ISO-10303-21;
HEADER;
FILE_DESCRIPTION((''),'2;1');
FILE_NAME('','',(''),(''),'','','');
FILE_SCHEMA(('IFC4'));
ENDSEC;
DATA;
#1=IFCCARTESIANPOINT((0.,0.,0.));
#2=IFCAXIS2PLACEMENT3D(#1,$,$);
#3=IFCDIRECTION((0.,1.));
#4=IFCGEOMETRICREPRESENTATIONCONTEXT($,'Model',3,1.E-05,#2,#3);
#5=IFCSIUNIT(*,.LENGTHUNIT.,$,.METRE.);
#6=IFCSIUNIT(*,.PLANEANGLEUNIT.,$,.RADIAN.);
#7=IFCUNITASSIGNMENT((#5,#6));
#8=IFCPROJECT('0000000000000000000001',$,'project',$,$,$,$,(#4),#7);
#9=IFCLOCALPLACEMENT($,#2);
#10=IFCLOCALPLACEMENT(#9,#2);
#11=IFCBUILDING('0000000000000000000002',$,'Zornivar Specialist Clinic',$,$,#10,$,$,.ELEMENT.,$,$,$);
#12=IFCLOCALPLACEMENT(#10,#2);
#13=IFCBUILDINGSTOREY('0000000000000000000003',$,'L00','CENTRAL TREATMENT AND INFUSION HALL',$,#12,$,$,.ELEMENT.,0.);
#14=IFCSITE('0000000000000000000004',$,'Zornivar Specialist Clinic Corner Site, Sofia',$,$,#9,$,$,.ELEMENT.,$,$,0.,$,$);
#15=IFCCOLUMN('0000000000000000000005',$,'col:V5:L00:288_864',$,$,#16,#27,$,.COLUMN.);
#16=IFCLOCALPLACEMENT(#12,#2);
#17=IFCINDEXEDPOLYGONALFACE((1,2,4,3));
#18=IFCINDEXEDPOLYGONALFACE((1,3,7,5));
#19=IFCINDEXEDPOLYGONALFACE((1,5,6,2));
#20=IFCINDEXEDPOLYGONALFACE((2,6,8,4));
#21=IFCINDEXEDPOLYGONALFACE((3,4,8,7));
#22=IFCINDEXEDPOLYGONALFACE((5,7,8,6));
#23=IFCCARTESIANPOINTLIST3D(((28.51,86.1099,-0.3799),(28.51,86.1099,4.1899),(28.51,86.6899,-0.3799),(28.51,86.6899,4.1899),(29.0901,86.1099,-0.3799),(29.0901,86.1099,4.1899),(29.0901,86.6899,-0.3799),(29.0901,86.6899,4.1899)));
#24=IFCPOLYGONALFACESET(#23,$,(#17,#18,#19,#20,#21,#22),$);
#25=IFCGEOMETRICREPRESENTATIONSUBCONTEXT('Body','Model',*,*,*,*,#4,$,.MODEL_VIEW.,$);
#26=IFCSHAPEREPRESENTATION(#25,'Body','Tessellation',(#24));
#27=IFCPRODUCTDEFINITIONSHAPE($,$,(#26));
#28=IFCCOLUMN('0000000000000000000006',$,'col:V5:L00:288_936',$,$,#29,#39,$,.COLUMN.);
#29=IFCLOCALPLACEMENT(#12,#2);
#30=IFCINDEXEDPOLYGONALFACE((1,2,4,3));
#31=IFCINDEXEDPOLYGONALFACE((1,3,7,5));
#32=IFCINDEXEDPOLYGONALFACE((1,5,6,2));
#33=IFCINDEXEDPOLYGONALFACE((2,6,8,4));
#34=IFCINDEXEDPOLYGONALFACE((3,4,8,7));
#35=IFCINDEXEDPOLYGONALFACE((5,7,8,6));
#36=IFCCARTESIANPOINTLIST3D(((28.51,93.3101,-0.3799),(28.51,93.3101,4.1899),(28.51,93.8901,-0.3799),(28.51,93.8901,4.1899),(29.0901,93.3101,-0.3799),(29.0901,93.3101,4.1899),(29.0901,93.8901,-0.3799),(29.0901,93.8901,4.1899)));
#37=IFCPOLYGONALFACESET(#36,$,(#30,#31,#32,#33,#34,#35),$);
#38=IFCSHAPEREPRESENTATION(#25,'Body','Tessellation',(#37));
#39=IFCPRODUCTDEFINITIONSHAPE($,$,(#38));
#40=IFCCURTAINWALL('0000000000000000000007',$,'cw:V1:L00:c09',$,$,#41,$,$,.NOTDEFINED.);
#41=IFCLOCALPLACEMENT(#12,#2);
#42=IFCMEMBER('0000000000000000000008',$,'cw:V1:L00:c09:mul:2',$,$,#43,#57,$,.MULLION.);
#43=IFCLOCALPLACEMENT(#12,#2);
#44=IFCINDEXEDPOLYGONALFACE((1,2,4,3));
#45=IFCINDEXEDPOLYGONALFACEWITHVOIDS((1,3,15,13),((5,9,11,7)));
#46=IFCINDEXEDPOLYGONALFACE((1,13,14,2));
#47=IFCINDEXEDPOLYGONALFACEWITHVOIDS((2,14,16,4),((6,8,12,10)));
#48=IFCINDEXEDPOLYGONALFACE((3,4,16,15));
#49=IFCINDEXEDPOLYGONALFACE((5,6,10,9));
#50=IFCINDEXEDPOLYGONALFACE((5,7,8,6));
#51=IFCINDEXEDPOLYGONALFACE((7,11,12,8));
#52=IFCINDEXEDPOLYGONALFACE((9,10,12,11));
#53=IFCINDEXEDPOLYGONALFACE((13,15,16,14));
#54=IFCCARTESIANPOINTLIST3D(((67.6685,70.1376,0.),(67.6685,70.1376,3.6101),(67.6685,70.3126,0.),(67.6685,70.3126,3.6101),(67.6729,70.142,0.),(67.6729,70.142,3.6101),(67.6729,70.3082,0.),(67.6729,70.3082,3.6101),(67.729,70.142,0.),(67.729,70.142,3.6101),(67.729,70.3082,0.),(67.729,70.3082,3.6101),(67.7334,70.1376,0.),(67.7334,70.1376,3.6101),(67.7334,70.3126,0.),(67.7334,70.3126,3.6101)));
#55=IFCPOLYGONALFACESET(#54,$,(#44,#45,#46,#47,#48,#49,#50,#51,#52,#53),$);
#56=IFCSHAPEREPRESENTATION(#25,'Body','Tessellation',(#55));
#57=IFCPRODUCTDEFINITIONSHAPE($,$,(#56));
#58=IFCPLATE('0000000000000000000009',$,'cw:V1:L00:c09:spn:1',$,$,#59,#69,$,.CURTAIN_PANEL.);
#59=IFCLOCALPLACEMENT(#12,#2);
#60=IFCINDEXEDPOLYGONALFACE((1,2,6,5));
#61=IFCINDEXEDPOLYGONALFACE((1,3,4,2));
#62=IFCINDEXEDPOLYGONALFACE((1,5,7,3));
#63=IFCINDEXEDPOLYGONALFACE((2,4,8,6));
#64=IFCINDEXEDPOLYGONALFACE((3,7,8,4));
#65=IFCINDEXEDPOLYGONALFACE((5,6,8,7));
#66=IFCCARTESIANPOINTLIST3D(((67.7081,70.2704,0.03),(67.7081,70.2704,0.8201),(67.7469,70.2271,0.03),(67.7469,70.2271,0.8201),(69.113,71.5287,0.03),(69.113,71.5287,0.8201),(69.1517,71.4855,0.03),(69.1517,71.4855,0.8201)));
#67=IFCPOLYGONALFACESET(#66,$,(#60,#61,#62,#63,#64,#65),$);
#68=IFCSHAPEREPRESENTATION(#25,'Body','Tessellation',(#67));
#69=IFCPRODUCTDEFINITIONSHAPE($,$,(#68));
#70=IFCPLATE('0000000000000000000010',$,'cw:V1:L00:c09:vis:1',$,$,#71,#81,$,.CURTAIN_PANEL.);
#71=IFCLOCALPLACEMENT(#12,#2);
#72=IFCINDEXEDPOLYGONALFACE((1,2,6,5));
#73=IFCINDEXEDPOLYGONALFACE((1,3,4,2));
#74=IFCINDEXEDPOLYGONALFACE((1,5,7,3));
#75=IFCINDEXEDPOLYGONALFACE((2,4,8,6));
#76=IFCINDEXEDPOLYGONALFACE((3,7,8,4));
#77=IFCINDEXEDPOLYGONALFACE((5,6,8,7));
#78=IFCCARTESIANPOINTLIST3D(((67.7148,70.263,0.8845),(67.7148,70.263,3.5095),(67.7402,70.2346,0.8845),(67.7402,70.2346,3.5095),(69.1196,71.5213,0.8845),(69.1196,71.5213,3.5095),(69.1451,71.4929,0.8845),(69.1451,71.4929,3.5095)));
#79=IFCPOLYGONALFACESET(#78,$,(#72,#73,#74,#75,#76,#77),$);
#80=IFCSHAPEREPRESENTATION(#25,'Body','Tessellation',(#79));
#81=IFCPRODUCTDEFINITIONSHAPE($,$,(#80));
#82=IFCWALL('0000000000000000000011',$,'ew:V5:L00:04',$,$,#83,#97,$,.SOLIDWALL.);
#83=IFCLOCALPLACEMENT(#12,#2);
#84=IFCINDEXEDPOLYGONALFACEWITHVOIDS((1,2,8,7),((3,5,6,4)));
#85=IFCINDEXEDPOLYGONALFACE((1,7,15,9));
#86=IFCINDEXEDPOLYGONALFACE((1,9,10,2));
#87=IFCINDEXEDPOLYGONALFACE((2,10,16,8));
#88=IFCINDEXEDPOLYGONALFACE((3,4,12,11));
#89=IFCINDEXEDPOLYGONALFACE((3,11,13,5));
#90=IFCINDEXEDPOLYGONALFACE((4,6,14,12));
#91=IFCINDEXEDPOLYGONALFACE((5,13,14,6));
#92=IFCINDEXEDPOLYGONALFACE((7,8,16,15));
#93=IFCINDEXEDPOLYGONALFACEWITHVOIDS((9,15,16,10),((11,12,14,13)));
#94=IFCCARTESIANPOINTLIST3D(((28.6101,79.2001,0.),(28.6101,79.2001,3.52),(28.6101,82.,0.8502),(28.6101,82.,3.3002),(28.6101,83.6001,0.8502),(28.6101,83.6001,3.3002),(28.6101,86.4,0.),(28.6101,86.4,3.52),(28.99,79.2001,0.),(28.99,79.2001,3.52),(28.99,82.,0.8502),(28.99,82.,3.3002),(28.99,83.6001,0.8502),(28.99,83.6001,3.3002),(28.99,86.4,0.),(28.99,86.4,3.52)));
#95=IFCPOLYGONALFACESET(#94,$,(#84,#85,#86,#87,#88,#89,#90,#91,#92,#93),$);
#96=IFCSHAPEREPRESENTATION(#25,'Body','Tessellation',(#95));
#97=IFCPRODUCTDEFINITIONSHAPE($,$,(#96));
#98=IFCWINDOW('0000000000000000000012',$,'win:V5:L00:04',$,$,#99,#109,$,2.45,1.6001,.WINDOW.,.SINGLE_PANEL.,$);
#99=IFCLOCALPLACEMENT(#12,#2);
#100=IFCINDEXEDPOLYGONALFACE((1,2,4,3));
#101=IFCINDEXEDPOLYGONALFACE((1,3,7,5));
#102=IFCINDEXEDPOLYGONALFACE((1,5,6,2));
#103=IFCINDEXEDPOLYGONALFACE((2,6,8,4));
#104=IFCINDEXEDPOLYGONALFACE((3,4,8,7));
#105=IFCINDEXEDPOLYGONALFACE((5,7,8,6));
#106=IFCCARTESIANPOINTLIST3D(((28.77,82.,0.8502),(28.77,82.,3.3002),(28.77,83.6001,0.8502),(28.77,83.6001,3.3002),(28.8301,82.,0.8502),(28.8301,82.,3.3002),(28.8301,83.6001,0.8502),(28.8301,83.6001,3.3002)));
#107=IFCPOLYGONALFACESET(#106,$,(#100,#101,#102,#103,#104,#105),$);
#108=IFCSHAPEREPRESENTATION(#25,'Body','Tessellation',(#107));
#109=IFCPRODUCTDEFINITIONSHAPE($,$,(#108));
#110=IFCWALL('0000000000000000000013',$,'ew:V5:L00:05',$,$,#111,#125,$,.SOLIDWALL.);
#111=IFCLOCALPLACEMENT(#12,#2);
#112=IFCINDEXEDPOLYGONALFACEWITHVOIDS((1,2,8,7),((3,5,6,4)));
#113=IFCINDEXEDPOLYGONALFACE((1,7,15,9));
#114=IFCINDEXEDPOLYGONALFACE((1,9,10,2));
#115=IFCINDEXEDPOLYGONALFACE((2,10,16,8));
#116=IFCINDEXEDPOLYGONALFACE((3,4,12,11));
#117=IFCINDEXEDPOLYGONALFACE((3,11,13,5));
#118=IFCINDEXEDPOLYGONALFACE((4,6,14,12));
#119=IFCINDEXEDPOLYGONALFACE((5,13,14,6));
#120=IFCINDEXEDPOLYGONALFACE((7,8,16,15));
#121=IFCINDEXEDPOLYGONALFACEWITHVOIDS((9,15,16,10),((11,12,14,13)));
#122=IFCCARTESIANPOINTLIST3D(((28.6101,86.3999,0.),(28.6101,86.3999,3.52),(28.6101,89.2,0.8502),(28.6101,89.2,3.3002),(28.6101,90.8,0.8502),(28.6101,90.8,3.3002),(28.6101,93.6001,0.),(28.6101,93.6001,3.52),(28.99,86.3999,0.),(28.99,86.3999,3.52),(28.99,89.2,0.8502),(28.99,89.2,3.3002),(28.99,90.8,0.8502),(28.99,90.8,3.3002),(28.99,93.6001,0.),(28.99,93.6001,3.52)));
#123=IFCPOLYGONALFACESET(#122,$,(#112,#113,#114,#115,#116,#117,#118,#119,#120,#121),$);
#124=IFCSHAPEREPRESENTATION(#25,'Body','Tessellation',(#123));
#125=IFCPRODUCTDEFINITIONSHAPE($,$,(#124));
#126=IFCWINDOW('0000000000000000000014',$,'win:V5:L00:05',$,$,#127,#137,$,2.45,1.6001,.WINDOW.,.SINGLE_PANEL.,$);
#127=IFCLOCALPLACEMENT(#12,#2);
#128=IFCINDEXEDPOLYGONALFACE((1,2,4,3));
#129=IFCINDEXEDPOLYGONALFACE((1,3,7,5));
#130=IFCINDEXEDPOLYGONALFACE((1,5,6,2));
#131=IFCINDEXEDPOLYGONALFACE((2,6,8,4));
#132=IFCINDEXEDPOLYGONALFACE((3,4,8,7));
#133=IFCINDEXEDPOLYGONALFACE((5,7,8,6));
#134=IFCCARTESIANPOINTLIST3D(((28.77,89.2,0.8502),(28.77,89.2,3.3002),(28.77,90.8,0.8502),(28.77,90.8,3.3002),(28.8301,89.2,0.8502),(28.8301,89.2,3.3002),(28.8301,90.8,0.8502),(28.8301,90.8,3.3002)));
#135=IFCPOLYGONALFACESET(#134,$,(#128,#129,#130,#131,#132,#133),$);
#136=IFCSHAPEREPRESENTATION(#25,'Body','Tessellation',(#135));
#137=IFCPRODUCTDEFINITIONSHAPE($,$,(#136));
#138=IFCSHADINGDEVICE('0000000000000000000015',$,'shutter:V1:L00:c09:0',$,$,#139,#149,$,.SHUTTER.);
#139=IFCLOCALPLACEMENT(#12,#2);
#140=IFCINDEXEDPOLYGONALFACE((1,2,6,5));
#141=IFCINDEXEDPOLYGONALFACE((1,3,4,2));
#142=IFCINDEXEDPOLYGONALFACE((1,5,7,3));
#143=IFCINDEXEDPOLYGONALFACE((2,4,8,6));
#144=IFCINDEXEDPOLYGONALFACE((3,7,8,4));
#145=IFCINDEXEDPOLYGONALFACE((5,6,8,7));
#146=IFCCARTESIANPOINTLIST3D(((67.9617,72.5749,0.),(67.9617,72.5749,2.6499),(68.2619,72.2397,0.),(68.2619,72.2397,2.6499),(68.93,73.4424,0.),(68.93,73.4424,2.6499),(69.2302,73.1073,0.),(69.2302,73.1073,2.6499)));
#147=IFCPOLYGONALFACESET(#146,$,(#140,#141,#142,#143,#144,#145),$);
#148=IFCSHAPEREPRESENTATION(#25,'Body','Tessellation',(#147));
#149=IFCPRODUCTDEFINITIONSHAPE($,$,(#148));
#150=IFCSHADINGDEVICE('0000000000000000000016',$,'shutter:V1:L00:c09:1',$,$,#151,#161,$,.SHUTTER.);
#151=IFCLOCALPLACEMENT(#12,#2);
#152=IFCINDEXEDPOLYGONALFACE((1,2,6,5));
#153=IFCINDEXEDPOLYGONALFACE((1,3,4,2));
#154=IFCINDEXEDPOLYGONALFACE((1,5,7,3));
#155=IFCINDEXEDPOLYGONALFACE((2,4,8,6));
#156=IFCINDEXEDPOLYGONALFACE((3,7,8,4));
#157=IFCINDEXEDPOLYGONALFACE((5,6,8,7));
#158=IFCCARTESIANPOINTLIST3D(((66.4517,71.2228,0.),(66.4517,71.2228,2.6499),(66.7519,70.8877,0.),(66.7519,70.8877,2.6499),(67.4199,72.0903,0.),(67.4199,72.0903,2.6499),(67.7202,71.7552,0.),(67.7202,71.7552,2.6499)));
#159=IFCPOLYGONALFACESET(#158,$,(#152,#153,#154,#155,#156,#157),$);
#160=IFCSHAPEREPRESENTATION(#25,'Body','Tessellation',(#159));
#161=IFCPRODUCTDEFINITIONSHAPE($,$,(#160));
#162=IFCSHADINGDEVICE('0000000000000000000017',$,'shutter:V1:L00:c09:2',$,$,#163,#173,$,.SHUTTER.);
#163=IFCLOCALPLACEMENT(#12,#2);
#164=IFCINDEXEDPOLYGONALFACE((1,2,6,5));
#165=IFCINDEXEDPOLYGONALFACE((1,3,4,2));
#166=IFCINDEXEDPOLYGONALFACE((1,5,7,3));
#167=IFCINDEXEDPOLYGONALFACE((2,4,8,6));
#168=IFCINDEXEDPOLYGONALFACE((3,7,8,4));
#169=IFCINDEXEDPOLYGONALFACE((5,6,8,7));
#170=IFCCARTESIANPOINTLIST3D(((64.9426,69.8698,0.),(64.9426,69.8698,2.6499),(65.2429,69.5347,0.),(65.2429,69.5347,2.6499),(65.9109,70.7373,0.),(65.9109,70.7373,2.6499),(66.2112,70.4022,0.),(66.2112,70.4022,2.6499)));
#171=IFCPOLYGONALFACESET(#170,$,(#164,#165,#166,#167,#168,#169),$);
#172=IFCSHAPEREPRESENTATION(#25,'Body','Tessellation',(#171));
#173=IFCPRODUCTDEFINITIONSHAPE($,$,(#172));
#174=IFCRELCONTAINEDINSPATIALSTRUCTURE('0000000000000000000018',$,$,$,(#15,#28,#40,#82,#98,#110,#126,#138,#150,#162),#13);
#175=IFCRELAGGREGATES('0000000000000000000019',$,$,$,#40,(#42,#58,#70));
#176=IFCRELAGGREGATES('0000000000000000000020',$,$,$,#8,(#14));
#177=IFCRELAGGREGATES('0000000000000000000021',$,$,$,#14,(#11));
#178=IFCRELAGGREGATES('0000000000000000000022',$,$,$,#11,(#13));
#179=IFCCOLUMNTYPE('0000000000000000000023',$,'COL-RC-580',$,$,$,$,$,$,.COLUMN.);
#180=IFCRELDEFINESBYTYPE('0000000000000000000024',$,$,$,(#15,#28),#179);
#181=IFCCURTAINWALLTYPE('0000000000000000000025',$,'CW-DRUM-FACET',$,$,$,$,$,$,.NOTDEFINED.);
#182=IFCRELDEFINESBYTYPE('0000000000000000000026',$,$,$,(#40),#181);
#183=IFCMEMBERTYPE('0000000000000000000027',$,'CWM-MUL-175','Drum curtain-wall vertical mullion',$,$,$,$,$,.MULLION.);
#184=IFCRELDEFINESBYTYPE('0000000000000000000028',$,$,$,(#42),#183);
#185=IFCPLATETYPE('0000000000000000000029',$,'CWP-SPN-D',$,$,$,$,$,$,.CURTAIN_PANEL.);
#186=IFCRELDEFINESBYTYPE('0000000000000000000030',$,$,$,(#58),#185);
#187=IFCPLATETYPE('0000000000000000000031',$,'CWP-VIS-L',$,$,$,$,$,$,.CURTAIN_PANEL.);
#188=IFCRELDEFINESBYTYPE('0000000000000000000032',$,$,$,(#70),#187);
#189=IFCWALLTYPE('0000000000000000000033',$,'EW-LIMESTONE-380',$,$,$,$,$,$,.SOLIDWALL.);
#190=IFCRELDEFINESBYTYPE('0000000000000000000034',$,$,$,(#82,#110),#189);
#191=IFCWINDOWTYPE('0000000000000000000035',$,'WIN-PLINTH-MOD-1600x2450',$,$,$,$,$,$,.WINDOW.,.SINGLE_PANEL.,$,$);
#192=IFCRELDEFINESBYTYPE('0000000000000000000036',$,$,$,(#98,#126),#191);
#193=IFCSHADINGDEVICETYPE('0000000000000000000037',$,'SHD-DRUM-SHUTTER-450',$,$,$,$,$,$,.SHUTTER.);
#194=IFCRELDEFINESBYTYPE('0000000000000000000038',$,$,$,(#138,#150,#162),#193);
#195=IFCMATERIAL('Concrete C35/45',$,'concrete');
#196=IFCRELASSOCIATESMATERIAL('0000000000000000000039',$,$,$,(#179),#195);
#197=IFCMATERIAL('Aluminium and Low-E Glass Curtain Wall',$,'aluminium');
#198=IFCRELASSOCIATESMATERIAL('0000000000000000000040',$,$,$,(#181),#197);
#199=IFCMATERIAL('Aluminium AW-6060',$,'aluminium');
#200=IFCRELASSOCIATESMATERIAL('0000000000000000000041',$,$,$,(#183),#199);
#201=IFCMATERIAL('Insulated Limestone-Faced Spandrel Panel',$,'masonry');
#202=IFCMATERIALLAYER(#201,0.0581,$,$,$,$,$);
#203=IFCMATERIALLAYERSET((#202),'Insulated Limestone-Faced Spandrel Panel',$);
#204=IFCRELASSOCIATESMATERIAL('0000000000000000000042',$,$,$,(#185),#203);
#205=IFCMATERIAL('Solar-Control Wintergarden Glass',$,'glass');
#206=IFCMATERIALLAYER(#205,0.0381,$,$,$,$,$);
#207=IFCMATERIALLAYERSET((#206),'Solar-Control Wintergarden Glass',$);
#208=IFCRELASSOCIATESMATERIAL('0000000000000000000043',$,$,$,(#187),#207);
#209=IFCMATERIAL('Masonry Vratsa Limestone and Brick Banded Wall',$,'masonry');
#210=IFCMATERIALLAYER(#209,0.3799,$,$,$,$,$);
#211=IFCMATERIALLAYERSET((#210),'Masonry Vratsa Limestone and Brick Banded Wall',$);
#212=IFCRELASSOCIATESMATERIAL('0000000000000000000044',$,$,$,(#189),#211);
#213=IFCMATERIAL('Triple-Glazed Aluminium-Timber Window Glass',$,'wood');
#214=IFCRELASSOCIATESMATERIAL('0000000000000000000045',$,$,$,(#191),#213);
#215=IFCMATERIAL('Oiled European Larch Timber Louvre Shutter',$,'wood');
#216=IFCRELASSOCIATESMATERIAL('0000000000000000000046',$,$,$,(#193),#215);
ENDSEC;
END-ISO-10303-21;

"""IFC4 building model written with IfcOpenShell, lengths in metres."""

from ifc_helpers import new_model, si_unit, direction, frame, frame_2d, origin, origin_2d, place, context, subcontext, project, spatial, rectangle, hollow_rectangle, extrude, material, layer, layer_set, material_profile, profile_set, type_object, element, fill, aggregate, save


model = new_model("IFC4")

# Units and contexts
model_context = context("Model", 3, precision=1e-05, world=origin(), true_north=direction((0.0, 1.0)))
body_context = subcontext(model_context, "Body", "Model", "MODEL_VIEW")
ifc_project = project(units=[si_unit("LENGTHUNIT", "METRE"), si_unit("PLANEANGLEUNIT", "RADIAN")], contexts=[model_context])

# Site, building, storey
site_placement = place(None, origin())
site = spatial("IfcSite", under=ifc_project, at=site_placement, Name="Zornivar Specialist Clinic Corner Site, Sofia", CompositionType="ELEMENT", RefElevation=0.0)
building_placement = place(site_placement, origin())
building = spatial("IfcBuilding", under=site, at=building_placement, Name="Zornivar Specialist Clinic", CompositionType="ELEMENT")
storey_placement = place(building_placement, origin())
storey = spatial("IfcBuildingStorey", under=building, at=storey_placement, Name="L00", Description="CENTRAL TREATMENT AND INFUSION HALL", CompositionType="ELEMENT", Elevation=0.0)

# Columns
ifc_material_1 = material(Name="Concrete C35/45", Category="concrete")
ifc_material_profile_1 = material_profile(ifc_material_1, rectangle(XDim=0.5801, YDim=0.5801, at=origin_2d()), Name="RC 580x580")
ifc_profile_set_1 = profile_set([ifc_material_profile_1], Name="Concrete C35/45")
column_type = type_object("IfcColumnType", Name="COL-RC-580", PredefinedType="COLUMN", material=ifc_profile_set_1)
for number, where, z_axis, x_axis, name in (
    (1, (28.8, 86.3999, -0.3799), (0.0, 0.0, 1.0), (1.0, 0.0, 0.0), "col:V5:L00:288_864"),
    (2, (28.8, 93.6001, -0.3799), (0.0, 0.0, 1.0), (1.0, 0.0, 0.0), "col:V5:L00:288_936"),
):
    element("IfcColumn", number, at=place(storey_placement, frame(where, z_axis=z_axis, x_axis=x_axis)), inside=storey, type_object=column_type, Name=name, PredefinedType="COLUMN", context=body_context, shape_type="SweptSolid", body=[
        extrude(rectangle(XDim=0.5801, YDim=0.5801, at=origin_2d()), origin(), (0.0, 0.0, 1.0), 4.5698),
    ])

# Curtain wall, member, plates
ifc_material_2 = material(Name="Aluminium and Low-E Glass Curtain Wall", Category="aluminium")
curtain_wall_type = type_object("IfcCurtainWallType", Name="CW-DRUM-FACET", PredefinedType="NOTDEFINED", material=ifc_material_2)
curtain_wall_placement = place(storey_placement, origin())
curtain_wall = element("IfcCurtainWall", 3, at=curtain_wall_placement, inside=storey, type_object=curtain_wall_type, Name="cw:V1:L00:c09", PredefinedType="NOTDEFINED")
ifc_material_3 = material(Name="Aluminium AW-6060", Category="aluminium")
ifc_material_profile_2 = material_profile(ifc_material_3, hollow_rectangle(XDim=0.0649, YDim=0.175, WallThickness=0.0044, at=origin_2d()), Name="ALU 65x175x4.5")
ifc_profile_set_2 = profile_set([ifc_material_profile_2], Name="Aluminium AW-6060")
member_type = type_object("IfcMemberType", Name="CWM-MUL-175", Description="Drum curtain-wall vertical mullion", PredefinedType="MULLION", material=ifc_profile_set_2)
member_placement = place(storey_placement, frame((67.7009, 70.2251, 0.0), z_axis=(0.0, 0.0, 1.0), x_axis=(1.0, 0.0, 0.0)))
member = element("IfcMember", 4, at=member_placement, type_object=member_type, Name="cw:V1:L00:c09:mul:2", PredefinedType="MULLION", context=body_context, shape_type="SweptSolid", body=[
    extrude(hollow_rectangle(XDim=0.0649, YDim=0.175, WallThickness=0.0044, at=origin_2d()), origin(), (0.0, 0.0, 1.0), 3.6101),
])
ifc_material_4 = material(Name="Insulated Limestone-Faced Spandrel Panel", Category="masonry")
ifc_layer_1 = layer(ifc_material_4, 0.0581)
ifc_layer_set_1 = layer_set([ifc_layer_1], Name="Insulated Limestone-Faced Spandrel Panel")
plate_type_1 = type_object("IfcPlateType", Name="CWP-SPN-D", PredefinedType="CURTAIN_PANEL", material=ifc_layer_set_1)
plate_1_placement = place(storey_placement, frame((68.4299, 70.8779, 0.03), z_axis=(0.0, 0.0, 1.0), x_axis=(-0.744881, -0.667198, 0.0)))
plate_1 = element("IfcPlate", 5, at=plate_1_placement, type_object=plate_type_1, Name="cw:V1:L00:c09:spn:1", PredefinedType="CURTAIN_PANEL", context=body_context, shape_type="SweptSolid", body=[
    extrude(rectangle(XDim=1.886, YDim=0.0581, at=origin_2d()), origin(), (0.0, 0.0, 1.0), 0.79),
])
ifc_material_5 = material(Name="Solar-Control Wintergarden Glass", Category="glass")
ifc_layer_2 = layer(ifc_material_5, 0.0381)
ifc_layer_set_2 = layer_set([ifc_layer_2], Name="Solar-Control Wintergarden Glass")
plate_type_2 = type_object("IfcPlateType", Name="CWP-VIS-L", PredefinedType="CURTAIN_PANEL", material=ifc_layer_set_2)
plate_2_placement = place(storey_placement, frame((68.4299, 70.8779, 0.8845), z_axis=(0.0, 0.0, 1.0), x_axis=(-0.744881, -0.667198, 0.0)))
plate_2 = element("IfcPlate", 6, at=plate_2_placement, type_object=plate_type_2, Name="cw:V1:L00:c09:vis:1", PredefinedType="CURTAIN_PANEL", context=body_context, shape_type="SweptSolid", body=[
    extrude(rectangle(XDim=1.886, YDim=0.0381, at=origin_2d()), origin(), (0.0, 0.0, 1.0), 2.625),
])
aggregate(curtain_wall, [member, plate_1, plate_2])

# Walls, openings, windows
ifc_material_6 = material(Name="Masonry Vratsa Limestone and Brick Banded Wall", Category="masonry")
ifc_layer_3 = layer(ifc_material_6, 0.3799)
ifc_layer_set_3 = layer_set([ifc_layer_3], Name="Masonry Vratsa Limestone and Brick Banded Wall")
wall_type = type_object("IfcWallType", Name="EW-LIMESTONE-380", PredefinedType="SOLIDWALL", material=ifc_layer_set_3)
wall_1_placement = place(storey_placement, frame((28.8, 79.2, 0.0), z_axis=(0.0, 0.0, 1.0), x_axis=(0.0, 1.0, 0.0)))
wall_1 = element("IfcWall", 7, at=wall_1_placement, inside=storey, type_object=wall_type, Name="ew:V5:L00:04", PredefinedType="SOLIDWALL", context=body_context, shape_type="SweptSolid", body=[
    extrude(rectangle(XDim=7.2, YDim=0.3799, at=frame_2d((3.6001, 0.0))), origin(), (0.0, 0.0, 1.0), 3.52),
])
opening_1_placement = place(wall_1_placement, frame((2.8, 0.0, 0.8501)))
opening_1 = element("IfcOpeningElement", 8, at=opening_1_placement, cuts=wall_1, PredefinedType="OPENING", context=body_context, shape_type="SweptSolid", body=[
    extrude(rectangle(XDim=1.6001, YDim=2.45, at=frame_2d((0.8, 1.2251))), frame((0.0, 0.2, 0.0), z_axis=(0.0, -1.0, 0.0), x_axis=(1.0, 0.0, 0.0)), (0.0, 0.0, 1.0), 0.3999),
])
ifc_material_7 = material(Name="Triple-Glazed Aluminium-Timber Window Glass", Category="wood")
window_type = type_object("IfcWindowType", Name="WIN-PLINTH-MOD-1600x2450", PartitioningType="SINGLE_PANEL", PredefinedType="WINDOW", material=ifc_material_7)
window_1_placement = place(opening_1_placement, origin())
window_1 = element("IfcWindow", 9, at=window_1_placement, inside=storey, type_object=window_type, Name="win:V5:L00:04", OverallHeight=2.45, OverallWidth=1.6001, PartitioningType="SINGLE_PANEL", PredefinedType="WINDOW", context=body_context, shape_type="SweptSolid", body=[
    extrude(rectangle(XDim=1.6001, YDim=2.45, at=frame_2d((0.8, 1.2251))), frame((0.0, 0.03, 0.0), z_axis=(0.0, -1.0, 0.0), x_axis=(1.0, 0.0, 0.0)), (0.0, 0.0, 1.0), 0.0601),
])
fill(opening_1, window_1)
wall_2_placement = place(storey_placement, frame((28.8, 86.3999, 0.0), z_axis=(0.0, 0.0, 1.0), x_axis=(0.0, 1.0, 0.0)))
wall_2 = element("IfcWall", 10, at=wall_2_placement, inside=storey, type_object=wall_type, Name="ew:V5:L00:05", PredefinedType="SOLIDWALL", context=body_context, shape_type="SweptSolid", body=[
    extrude(rectangle(XDim=7.2002, YDim=0.3799, at=frame_2d((3.6001, 0.0))), origin(), (0.0, 0.0, 1.0), 3.52),
])
opening_2_placement = place(wall_2_placement, frame((2.8, 0.0, 0.8501)))
opening_2 = element("IfcOpeningElement", 11, at=opening_2_placement, cuts=wall_2, PredefinedType="OPENING", context=body_context, shape_type="SweptSolid", body=[
    extrude(rectangle(XDim=1.6001, YDim=2.45, at=frame_2d((0.8, 1.2251))), frame((0.0, 0.2, 0.0), z_axis=(0.0, -1.0, 0.0), x_axis=(1.0, 0.0, 0.0)), (0.0, 0.0, 1.0), 0.3999),
])
window_2_placement = place(opening_2_placement, origin())
window_2 = element("IfcWindow", 12, at=window_2_placement, inside=storey, type_object=window_type, Name="win:V5:L00:05", OverallHeight=2.45, OverallWidth=1.6001, PartitioningType="SINGLE_PANEL", PredefinedType="WINDOW", context=body_context, shape_type="SweptSolid", body=[
    extrude(rectangle(XDim=1.6001, YDim=2.45, at=frame_2d((0.8, 1.2251))), frame((0.0, 0.03, 0.0), z_axis=(0.0, -1.0, 0.0), x_axis=(1.0, 0.0, 0.0)), (0.0, 0.0, 1.0), 0.0601),
])
fill(opening_2, window_2)

# Shading devices
ifc_material_8 = material(Name="Oiled European Larch Timber Louvre Shutter", Category="wood")
shading_device_type = type_object("IfcShadingDeviceType", Name="SHD-DRUM-SHUTTER-450", PredefinedType="SHUTTER", material=ifc_material_8)
for number, where, z_axis, x_axis, name in (
    (13, (68.5959, 72.8411, 0.0), (0.0, 0.0, 1.0), (-0.744797, -0.667291, 0.0), "shutter:V1:L00:c09:0"),
    (14, (67.0859, 71.489, 0.0), (0.0, 0.0, 1.0), (-0.744797, -0.667291, 0.0), "shutter:V1:L00:c09:1"),
    (15, (65.5769, 70.136, 0.0), (0.0, 0.0, 1.0), (-0.744797, -0.667291, 0.0), "shutter:V1:L00:c09:2"),
):
    element("IfcShadingDevice", number, at=place(storey_placement, frame(where, z_axis=z_axis, x_axis=x_axis)), inside=storey, type_object=shading_device_type, Name=name, PredefinedType="SHUTTER", context=body_context, shape_type="SweptSolid", body=[
        extrude(rectangle(XDim=1.3, YDim=0.45, at=origin_2d()), origin(), (0.0, 0.0, 1.0), 2.6499),
    ])

save(model, "model.ifc")
